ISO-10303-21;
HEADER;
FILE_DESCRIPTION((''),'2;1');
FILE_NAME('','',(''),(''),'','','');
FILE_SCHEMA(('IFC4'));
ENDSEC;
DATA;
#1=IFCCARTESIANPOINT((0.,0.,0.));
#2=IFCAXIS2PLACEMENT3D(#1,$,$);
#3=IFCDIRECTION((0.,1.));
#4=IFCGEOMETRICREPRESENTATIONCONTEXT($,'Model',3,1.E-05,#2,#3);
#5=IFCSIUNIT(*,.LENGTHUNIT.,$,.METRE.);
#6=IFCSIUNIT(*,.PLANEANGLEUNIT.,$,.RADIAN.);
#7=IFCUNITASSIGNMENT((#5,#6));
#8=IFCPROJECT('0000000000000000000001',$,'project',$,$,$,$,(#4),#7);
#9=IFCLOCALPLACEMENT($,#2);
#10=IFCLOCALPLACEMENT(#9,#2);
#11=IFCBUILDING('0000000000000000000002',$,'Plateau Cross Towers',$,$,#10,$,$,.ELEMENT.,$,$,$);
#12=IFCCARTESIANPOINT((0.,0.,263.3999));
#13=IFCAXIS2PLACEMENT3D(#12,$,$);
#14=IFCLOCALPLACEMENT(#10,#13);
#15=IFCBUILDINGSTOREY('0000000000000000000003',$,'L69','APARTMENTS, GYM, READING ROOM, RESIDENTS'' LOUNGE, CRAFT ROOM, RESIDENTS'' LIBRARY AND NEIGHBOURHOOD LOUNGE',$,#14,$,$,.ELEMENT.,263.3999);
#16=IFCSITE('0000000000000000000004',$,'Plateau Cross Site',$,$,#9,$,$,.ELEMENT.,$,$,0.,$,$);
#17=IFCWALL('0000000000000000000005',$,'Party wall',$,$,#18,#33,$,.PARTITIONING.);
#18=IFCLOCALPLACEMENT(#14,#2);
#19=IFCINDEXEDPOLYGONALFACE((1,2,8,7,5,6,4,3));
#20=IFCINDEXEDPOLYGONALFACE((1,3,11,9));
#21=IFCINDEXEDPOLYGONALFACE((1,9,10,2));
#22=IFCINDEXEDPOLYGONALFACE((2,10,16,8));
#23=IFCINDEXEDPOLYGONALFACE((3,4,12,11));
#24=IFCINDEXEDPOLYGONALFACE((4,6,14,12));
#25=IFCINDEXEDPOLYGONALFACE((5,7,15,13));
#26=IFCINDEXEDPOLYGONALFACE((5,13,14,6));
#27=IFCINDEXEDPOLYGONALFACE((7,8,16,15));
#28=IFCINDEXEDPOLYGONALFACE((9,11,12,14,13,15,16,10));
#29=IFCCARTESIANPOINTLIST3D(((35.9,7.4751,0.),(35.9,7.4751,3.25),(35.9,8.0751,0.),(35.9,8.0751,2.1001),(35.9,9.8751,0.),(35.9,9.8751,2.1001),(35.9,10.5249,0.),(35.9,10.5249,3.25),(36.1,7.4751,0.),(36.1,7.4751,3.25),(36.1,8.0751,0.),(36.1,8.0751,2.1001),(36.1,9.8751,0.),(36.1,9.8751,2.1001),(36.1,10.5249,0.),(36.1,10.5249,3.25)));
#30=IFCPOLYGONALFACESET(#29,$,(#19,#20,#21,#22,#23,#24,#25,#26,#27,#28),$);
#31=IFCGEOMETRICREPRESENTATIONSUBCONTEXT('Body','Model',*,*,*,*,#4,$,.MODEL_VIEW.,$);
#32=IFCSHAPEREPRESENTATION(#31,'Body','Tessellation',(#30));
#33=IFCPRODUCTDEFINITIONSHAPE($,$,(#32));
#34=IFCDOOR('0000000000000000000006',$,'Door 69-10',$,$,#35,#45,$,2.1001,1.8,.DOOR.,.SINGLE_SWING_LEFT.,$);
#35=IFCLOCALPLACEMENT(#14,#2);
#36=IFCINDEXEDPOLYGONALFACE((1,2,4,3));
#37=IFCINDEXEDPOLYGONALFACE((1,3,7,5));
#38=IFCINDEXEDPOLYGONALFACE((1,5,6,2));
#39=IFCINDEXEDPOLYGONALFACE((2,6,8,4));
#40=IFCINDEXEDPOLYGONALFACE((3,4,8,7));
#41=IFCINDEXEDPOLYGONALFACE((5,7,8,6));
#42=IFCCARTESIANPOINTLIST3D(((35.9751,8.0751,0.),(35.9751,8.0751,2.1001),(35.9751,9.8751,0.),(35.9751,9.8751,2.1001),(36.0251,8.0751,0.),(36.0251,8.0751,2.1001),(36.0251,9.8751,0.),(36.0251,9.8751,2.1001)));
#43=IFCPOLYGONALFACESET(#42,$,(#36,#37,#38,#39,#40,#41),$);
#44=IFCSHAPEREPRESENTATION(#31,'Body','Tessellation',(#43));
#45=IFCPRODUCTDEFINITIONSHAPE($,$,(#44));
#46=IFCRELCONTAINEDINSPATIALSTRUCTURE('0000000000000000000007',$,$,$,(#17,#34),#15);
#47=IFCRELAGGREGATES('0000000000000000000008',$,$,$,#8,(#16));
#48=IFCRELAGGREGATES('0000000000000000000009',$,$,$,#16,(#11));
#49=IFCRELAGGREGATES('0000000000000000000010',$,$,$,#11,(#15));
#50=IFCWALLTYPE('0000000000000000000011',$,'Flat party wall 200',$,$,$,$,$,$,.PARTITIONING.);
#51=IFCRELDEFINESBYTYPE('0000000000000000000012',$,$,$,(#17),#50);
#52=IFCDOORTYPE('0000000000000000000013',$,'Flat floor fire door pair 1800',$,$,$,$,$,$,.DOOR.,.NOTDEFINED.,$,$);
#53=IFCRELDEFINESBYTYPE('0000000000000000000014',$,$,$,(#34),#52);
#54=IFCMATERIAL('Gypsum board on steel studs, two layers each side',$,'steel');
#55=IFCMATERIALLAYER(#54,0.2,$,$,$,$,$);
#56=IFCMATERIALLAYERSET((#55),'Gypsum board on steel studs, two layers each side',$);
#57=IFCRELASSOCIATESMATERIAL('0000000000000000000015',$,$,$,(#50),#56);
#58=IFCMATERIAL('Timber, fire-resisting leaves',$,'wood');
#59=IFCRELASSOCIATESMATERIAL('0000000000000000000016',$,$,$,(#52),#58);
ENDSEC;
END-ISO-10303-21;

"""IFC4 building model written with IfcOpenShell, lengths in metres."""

from ifc_helpers import new_model, si_unit, direction, frame, frame_2d, origin, place, context, subcontext, project, spatial, rectangle, extrude, material, layer, layer_set, type_object, element, fill, save


model = new_model("IFC4")

# Units and contexts
model_context = context("Model", 3, precision=1e-05, world=origin(), true_north=direction((0.0, 1.0)))
body_context = subcontext(model_context, "Body", "Model", "MODEL_VIEW")
ifc_project = project(units=[si_unit("LENGTHUNIT", "METRE"), si_unit("PLANEANGLEUNIT", "RADIAN")], contexts=[model_context])

# Site, building, storey
site_placement = place(None, origin())
site = spatial("IfcSite", under=ifc_project, at=site_placement, Name="Plateau Cross Site", CompositionType="ELEMENT", RefElevation=0.0)
building_placement = place(site_placement, origin())
building = spatial("IfcBuilding", under=site, at=building_placement, Name="Plateau Cross Towers", CompositionType="ELEMENT")
storey_placement = place(building_placement, frame((0.0, 0.0, 263.3999)))
storey = spatial("IfcBuildingStorey", under=building, at=storey_placement, Name="L69", Description="APARTMENTS, GYM, READING ROOM, RESIDENTS' LOUNGE, CRAFT ROOM, RESIDENTS' LIBRARY AND NEIGHBOURHOOD LOUNGE", CompositionType="ELEMENT", Elevation=263.3999)

# Shared definitions
ifc_material_1 = material(Name="Gypsum board on steel studs, two layers each side", Category="steel")
ifc_layer_1 = layer(ifc_material_1, 0.2)
ifc_layer_set_1 = layer_set([ifc_layer_1], Name="Gypsum board on steel studs, two layers each side")
wall_type_1 = type_object("IfcWallType", Name="Flat party wall 200", PredefinedType="PARTITIONING", material=ifc_layer_set_1)

# Wall, opening, door
wall_1_placement = place(storey_placement, frame((36.0, 7.4751, 0.0), z_axis=(0.0, 0.0, 1.0), x_axis=(0.0, 1.0, 0.0)))
wall_1 = element("IfcWall", 1, at=wall_1_placement, inside=storey, type_object=wall_type_1, Name="Party wall", PredefinedType="PARTITIONING", context=body_context, shape_type="SweptSolid", body=[
    extrude(rectangle(XDim=3.0498, YDim=0.2, at=frame_2d((1.5249, 0.0))), origin(), (0.0, 0.0, 1.0), 3.25),
])
opening_1_placement = place(wall_1_placement, frame((0.6001, 0.0, 0.0)))
opening_1 = element("IfcOpeningElement", 2, at=opening_1_placement, cuts=wall_1, PredefinedType="OPENING", context=body_context, shape_type="SweptSolid", body=[
    extrude(rectangle(XDim=1.8, YDim=2.1001, at=frame_2d((0.8999, 1.05))), frame((0.0, 0.1099, 0.0), z_axis=(0.0, -1.0, 0.0), x_axis=(1.0, 0.0, 0.0)), (0.0, 0.0, 1.0), 0.22),
])
ifc_material_2 = material(Name="Timber, fire-resisting leaves", Category="wood")
door_type_1 = type_object("IfcDoorType", Name="Flat floor fire door pair 1800", OperationType="NOTDEFINED", PredefinedType="DOOR", material=ifc_material_2)
door_1_placement = place(opening_1_placement, origin())
door_1 = element("IfcDoor", 3, at=door_1_placement, inside=storey, type_object=door_type_1, Name="Door 69-10", OperationType="SINGLE_SWING_LEFT", OverallHeight=2.1001, OverallWidth=1.8, PredefinedType="DOOR", context=body_context, shape_type="SweptSolid", body=[
    extrude(rectangle(XDim=1.8, YDim=2.1001, at=frame_2d((0.8999, 1.05))), frame((0.0, 0.0249, 0.0), z_axis=(0.0, -1.0, 0.0), x_axis=(1.0, 0.0, 0.0)), (0.0, 0.0, 1.0), 0.05),
])
fill(opening_1, door_1)

save(model, "model.ifc")
